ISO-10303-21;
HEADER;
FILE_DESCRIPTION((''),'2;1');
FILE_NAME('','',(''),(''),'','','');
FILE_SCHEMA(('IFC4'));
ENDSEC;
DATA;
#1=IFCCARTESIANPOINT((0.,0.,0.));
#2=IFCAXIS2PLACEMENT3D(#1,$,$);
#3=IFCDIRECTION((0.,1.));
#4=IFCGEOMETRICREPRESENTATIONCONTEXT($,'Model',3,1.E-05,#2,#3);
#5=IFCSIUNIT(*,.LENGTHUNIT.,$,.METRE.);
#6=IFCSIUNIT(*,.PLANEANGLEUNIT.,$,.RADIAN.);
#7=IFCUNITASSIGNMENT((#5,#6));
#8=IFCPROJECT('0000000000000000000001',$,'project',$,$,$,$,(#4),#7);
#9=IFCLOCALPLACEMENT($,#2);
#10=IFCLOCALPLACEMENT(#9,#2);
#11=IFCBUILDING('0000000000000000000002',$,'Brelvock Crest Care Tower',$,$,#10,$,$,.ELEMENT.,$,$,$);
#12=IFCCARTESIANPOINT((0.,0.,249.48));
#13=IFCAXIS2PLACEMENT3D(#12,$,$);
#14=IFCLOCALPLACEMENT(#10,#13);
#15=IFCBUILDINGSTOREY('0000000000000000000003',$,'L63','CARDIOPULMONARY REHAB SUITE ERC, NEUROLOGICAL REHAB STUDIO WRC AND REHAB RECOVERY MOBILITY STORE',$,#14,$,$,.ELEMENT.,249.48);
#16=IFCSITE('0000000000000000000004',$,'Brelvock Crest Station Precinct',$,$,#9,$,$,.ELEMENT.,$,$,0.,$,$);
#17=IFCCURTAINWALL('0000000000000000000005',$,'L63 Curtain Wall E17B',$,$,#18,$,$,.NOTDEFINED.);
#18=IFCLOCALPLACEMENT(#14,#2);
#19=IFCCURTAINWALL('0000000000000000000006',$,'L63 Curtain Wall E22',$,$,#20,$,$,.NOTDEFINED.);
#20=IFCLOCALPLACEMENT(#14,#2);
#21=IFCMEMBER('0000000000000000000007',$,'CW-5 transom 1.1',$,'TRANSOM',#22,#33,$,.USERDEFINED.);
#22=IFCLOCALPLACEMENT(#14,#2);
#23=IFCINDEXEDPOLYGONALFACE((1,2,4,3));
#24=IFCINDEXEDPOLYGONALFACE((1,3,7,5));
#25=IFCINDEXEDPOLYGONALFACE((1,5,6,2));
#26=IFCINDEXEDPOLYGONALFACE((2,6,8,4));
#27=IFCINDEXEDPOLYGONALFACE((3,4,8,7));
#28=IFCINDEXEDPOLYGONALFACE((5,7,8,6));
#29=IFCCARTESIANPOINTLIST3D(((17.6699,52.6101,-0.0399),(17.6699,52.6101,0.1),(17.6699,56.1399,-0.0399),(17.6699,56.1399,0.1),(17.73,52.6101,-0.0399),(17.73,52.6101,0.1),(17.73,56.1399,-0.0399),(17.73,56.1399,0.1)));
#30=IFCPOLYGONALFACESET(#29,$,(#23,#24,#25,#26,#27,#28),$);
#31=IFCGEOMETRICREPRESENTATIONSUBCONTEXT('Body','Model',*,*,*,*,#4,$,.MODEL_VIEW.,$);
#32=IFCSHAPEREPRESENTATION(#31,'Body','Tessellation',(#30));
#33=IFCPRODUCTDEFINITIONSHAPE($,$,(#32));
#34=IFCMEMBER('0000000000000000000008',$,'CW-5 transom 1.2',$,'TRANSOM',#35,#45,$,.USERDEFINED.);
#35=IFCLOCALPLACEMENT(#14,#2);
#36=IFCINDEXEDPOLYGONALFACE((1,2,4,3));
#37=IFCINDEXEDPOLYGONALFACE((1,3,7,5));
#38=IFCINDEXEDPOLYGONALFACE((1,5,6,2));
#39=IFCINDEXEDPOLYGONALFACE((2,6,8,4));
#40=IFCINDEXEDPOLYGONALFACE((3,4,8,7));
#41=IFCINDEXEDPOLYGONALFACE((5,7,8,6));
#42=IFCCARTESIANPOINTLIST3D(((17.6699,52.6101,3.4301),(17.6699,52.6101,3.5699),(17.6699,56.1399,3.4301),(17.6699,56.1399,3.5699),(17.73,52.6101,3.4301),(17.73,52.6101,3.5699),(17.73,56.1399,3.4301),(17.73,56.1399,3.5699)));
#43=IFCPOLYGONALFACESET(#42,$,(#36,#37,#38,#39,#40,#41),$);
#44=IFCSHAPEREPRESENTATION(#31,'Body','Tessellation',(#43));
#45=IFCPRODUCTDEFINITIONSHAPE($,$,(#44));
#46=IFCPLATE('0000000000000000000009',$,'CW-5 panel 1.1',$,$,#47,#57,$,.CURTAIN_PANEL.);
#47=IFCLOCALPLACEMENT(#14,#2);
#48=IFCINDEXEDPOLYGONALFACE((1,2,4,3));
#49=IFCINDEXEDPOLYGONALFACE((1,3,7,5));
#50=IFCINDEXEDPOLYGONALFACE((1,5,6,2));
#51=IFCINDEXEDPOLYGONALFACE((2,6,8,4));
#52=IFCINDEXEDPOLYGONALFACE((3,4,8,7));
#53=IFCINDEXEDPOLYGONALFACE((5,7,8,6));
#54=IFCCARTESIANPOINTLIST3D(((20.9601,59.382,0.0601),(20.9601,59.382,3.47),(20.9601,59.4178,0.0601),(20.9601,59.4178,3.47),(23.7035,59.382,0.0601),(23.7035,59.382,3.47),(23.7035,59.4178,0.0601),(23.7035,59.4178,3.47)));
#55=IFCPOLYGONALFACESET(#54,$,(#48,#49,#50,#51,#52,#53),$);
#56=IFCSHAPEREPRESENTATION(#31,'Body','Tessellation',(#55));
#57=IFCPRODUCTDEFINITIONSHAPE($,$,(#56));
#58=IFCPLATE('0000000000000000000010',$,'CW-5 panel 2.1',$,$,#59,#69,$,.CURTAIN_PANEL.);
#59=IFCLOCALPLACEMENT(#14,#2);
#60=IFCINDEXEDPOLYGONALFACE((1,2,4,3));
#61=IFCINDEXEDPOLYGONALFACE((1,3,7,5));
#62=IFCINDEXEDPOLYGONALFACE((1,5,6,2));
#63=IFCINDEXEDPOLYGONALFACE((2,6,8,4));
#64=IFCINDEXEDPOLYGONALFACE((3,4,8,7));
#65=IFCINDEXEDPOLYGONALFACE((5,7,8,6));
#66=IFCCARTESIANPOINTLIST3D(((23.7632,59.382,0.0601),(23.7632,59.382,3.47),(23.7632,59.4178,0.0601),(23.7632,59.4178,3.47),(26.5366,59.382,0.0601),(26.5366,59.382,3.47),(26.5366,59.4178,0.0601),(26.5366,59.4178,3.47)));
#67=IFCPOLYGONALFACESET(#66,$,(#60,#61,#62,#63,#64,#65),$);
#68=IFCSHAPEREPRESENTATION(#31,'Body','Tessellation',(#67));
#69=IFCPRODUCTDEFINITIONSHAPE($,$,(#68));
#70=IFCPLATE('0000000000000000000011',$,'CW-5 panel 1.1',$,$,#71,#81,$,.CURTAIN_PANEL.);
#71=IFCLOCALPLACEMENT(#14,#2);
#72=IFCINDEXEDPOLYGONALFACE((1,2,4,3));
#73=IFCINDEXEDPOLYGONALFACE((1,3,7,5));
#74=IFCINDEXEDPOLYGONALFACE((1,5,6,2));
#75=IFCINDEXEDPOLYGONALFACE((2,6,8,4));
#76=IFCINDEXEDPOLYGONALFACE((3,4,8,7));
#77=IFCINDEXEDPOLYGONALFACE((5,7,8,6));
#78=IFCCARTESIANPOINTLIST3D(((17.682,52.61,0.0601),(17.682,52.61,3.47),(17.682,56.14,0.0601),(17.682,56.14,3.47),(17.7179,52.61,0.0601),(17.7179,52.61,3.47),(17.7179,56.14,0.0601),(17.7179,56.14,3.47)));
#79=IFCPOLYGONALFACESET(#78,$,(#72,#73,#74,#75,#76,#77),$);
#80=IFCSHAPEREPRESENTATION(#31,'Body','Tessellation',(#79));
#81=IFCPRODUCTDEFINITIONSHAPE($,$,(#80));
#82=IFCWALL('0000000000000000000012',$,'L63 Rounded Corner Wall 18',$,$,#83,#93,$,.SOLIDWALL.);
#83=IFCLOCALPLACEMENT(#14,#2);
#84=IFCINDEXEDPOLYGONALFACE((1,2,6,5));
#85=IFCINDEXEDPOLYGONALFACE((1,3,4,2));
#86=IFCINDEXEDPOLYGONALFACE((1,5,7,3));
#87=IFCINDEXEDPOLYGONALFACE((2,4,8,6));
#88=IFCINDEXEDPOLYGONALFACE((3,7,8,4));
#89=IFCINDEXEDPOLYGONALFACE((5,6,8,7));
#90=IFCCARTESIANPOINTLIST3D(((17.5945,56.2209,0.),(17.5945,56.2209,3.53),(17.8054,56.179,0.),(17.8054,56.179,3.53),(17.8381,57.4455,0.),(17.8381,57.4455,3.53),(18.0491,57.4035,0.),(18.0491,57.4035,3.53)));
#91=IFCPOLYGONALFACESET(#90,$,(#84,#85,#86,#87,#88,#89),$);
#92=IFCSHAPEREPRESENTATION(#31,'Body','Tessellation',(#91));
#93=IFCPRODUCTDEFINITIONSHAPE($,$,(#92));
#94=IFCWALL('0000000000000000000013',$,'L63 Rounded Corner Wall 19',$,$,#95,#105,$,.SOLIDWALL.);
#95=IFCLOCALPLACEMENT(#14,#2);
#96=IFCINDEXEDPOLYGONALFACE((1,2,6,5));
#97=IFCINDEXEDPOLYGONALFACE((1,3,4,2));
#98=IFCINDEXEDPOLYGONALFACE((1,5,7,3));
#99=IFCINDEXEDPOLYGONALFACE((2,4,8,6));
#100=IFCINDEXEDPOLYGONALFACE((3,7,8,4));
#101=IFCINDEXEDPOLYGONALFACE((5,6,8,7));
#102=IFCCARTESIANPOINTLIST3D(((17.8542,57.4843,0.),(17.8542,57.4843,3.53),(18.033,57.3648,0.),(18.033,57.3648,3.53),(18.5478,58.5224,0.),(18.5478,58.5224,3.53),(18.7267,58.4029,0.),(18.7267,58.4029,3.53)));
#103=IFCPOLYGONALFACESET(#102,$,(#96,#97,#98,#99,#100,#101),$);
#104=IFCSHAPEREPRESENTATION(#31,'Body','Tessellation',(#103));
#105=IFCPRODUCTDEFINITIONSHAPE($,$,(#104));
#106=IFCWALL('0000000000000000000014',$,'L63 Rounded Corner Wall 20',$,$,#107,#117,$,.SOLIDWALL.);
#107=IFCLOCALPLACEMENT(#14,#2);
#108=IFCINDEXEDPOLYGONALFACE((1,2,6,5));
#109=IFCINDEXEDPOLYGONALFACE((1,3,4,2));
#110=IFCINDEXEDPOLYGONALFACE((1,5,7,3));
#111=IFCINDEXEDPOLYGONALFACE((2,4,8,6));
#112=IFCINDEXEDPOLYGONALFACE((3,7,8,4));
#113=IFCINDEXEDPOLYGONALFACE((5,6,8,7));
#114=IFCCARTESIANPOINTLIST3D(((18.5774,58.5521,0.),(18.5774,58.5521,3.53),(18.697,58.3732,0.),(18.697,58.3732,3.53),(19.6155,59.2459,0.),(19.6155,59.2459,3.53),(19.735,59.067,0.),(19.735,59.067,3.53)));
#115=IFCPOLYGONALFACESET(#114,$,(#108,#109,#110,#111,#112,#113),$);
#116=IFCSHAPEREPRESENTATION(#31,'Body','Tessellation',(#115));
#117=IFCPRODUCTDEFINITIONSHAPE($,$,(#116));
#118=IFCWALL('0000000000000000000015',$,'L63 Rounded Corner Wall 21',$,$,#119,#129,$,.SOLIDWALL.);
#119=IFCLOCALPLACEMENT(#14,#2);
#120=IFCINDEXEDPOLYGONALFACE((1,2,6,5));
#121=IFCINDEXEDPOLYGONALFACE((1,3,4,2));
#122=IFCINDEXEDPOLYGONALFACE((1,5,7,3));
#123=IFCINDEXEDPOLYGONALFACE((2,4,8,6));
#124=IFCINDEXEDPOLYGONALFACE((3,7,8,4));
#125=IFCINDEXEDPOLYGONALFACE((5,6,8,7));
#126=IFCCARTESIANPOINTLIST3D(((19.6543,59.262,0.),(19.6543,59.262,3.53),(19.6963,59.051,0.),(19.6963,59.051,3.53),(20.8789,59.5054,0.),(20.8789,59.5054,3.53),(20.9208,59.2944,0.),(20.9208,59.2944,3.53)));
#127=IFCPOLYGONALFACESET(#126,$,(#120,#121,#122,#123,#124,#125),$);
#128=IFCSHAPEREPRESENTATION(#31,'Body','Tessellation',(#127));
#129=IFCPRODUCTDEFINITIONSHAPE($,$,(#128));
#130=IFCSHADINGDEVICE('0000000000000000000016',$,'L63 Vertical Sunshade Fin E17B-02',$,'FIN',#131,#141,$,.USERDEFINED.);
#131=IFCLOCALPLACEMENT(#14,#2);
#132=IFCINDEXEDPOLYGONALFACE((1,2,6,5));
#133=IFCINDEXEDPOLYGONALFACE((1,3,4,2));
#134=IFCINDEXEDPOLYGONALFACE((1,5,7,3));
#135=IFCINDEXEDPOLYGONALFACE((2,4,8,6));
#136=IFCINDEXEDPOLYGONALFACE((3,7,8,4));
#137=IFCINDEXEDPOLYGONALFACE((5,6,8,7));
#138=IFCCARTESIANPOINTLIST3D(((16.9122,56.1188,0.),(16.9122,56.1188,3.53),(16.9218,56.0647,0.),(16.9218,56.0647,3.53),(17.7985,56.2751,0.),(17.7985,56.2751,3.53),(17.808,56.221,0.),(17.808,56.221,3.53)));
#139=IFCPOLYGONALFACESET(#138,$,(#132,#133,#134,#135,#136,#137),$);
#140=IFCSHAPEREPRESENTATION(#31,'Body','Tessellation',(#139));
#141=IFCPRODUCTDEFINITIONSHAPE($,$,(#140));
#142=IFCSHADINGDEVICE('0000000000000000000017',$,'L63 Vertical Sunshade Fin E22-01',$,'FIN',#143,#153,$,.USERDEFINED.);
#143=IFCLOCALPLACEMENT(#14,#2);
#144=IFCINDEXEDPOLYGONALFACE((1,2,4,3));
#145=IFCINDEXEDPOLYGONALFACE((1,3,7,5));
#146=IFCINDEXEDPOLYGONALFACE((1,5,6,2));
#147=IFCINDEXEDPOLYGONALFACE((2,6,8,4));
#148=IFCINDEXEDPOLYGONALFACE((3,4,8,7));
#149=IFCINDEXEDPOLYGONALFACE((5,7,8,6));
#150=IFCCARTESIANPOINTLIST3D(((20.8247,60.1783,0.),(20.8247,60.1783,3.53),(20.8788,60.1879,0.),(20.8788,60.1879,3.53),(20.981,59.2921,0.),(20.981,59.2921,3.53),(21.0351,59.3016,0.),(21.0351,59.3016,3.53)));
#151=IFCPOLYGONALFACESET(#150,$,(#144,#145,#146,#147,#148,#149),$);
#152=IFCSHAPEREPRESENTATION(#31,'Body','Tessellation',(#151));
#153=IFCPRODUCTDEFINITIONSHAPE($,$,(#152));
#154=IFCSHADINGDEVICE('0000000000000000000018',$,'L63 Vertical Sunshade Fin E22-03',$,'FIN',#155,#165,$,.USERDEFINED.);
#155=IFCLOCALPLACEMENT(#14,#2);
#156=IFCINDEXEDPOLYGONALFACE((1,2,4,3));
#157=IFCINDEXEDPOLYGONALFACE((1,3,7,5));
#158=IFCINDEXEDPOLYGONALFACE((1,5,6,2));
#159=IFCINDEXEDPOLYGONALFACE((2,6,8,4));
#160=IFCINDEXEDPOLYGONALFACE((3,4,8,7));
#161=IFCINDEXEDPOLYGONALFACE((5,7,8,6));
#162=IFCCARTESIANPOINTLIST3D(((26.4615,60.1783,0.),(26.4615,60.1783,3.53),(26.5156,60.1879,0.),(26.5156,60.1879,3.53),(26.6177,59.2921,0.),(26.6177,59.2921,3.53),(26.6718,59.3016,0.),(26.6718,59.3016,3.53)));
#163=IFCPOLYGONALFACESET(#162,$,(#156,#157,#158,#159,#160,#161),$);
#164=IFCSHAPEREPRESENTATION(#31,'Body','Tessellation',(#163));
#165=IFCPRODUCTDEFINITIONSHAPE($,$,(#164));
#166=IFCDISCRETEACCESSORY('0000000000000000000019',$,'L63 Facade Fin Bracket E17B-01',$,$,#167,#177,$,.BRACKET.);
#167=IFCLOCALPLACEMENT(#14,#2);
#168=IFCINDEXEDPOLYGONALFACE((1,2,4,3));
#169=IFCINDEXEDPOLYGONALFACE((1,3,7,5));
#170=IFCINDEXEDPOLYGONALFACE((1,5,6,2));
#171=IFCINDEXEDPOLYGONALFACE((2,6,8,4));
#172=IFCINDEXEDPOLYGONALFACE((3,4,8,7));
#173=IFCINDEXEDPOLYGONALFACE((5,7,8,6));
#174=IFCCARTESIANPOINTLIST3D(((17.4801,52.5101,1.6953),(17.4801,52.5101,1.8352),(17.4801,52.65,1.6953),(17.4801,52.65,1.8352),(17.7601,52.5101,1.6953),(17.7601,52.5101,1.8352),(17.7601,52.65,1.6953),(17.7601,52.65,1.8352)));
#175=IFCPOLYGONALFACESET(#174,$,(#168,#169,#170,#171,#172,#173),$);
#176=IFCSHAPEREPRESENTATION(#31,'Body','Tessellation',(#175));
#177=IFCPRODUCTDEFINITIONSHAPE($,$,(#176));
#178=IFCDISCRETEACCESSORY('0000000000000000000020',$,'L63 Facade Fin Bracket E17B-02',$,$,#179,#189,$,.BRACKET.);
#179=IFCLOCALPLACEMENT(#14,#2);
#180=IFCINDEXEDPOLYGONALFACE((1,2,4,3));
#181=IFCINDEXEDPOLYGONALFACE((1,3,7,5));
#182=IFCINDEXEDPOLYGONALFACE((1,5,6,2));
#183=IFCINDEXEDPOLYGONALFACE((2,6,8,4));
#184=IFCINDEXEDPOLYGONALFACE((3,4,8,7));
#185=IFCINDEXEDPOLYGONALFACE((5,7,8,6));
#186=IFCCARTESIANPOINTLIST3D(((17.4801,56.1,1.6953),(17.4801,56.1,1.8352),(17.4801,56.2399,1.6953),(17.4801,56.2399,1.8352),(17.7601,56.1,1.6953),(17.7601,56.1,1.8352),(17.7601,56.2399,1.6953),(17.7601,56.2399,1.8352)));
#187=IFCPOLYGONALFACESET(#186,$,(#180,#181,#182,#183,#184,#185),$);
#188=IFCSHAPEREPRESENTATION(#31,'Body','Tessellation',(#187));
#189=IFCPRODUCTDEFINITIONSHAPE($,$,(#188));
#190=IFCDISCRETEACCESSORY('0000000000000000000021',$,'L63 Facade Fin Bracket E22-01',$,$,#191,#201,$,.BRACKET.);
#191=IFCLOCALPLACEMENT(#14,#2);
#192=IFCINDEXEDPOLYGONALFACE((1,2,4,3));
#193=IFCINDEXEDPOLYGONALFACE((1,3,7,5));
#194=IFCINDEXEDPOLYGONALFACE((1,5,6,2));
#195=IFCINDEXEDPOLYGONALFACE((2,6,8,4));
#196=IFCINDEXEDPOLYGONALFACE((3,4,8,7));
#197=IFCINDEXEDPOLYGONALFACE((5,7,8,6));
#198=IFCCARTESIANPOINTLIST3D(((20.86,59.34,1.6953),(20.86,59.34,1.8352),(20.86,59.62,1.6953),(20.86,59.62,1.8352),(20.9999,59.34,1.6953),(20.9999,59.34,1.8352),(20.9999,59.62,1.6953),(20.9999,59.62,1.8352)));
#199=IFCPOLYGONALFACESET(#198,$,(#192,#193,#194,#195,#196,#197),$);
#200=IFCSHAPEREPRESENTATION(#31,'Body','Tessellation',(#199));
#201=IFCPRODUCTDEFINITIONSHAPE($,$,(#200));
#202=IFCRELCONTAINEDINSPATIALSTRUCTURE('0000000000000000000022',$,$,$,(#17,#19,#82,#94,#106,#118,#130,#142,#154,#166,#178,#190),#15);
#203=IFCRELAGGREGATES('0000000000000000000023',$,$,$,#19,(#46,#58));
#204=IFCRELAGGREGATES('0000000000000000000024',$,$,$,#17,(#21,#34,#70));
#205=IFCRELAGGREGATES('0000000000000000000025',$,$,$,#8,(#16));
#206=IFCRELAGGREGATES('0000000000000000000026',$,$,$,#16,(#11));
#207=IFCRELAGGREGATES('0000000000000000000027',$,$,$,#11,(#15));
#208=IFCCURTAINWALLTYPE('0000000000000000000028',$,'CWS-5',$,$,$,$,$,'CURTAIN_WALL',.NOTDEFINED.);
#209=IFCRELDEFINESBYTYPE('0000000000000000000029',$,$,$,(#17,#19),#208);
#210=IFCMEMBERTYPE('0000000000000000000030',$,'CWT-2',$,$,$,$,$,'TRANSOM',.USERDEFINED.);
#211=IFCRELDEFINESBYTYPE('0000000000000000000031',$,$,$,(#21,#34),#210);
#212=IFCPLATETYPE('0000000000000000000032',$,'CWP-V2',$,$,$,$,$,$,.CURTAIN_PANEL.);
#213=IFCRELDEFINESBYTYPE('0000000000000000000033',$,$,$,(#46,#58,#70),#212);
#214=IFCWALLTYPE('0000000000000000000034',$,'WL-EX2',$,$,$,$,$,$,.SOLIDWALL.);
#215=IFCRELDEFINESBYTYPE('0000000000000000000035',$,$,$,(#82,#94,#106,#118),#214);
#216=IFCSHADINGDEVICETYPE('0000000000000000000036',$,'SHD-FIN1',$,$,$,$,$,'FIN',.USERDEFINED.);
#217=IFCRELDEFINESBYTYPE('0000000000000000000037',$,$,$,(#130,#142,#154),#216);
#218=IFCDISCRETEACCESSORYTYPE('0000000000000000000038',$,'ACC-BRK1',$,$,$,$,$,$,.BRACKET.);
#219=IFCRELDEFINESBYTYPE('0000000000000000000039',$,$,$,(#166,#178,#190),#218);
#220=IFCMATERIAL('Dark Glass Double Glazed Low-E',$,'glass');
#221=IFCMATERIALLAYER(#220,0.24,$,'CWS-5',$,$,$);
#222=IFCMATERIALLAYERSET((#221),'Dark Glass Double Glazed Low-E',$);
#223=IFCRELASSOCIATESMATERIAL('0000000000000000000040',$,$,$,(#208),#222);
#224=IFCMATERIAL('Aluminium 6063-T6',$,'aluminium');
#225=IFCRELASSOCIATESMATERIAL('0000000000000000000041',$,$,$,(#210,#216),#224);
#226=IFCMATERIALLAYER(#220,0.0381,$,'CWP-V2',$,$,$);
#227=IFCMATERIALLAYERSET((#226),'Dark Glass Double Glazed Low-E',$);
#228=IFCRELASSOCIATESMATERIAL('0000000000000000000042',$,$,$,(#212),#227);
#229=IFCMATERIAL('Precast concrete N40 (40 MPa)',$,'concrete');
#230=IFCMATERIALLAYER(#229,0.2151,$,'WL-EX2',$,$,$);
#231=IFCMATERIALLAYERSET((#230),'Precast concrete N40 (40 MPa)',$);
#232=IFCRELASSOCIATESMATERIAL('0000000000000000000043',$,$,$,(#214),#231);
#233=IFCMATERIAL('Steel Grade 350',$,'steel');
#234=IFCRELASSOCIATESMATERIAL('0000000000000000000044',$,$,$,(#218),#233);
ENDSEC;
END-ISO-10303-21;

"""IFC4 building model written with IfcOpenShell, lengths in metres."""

from ifc_helpers import new_model, si_unit, direction, frame, frame_2d, origin, origin_2d, place, context, subcontext, project, spatial, rectangle, extrude, source, transform, mapped, material, layer, layer_set, material_profile, profile_set, type_object, element, aggregate, save


model = new_model("IFC4")

# Units and contexts
model_context = context("Model", 3, precision=1e-05, world=origin(), true_north=direction((0.0, 1.0)))
body_context = subcontext(model_context, "Body", "Model", "MODEL_VIEW")
ifc_project = project(units=[si_unit("LENGTHUNIT", "METRE"), si_unit("PLANEANGLEUNIT", "RADIAN")], contexts=[model_context])

# Site, building, storey
site_placement = place(None, origin())
site = spatial("IfcSite", under=ifc_project, at=site_placement, Name="Brelvock Crest Station Precinct", CompositionType="ELEMENT", RefElevation=0.0)
building_placement = place(site_placement, origin())
building = spatial("IfcBuilding", under=site, at=building_placement, Name="Brelvock Crest Care Tower", CompositionType="ELEMENT")
storey_placement = place(building_placement, frame((0.0, 0.0, 249.48)))
storey = spatial("IfcBuildingStorey", under=building, at=storey_placement, Name="L63", Description="CARDIOPULMONARY REHAB SUITE ERC, NEUROLOGICAL REHAB STUDIO WRC AND REHAB RECOVERY MOBILITY STORE", CompositionType="ELEMENT", Elevation=249.48)

# Shared definitions
ifc_material_1 = material(Name="Steel Grade 350", Category="steel")

# Curtain walls
ifc_material_2 = material(Name="Dark Glass Double Glazed Low-E", Category="glass")
ifc_layer_1 = layer(ifc_material_2, 0.24, Name="CWS-5")
ifc_layer_set_1 = layer_set([ifc_layer_1], Name="Dark Glass Double Glazed Low-E")
curtain_wall_type = type_object("IfcCurtainWallType", Name="CWS-5", ElementType="CURTAIN_WALL", PredefinedType="NOTDEFINED", material=ifc_layer_set_1)
curtain_wall_1_placement = place(storey_placement, origin())
curtain_wall_1 = element("IfcCurtainWall", 1, at=curtain_wall_1_placement, inside=storey, type_object=curtain_wall_type, Name="L63 Curtain Wall E17B", PredefinedType="NOTDEFINED")
ifc_material_3 = material(Name="Aluminium 6063-T6", Category="aluminium")
curtain_wall_2_placement = place(storey_placement, origin())
curtain_wall_2 = element("IfcCurtainWall", 2, at=curtain_wall_2_placement, inside=storey, type_object=curtain_wall_type, Name="L63 Curtain Wall E22", PredefinedType="NOTDEFINED")
ifc_material_profile_1 = material_profile(ifc_material_3, rectangle(XDim=0.0601, YDim=0.1399, at=origin_2d()), Name="ALU60x140")
ifc_profile_set_1 = profile_set([ifc_material_profile_1], Name="Aluminium 6063-T6")
member_type_1 = type_object("IfcMemberType", Name="CWT-2", ElementType="TRANSOM", PredefinedType="USERDEFINED", material=ifc_profile_set_1)

# Members
shared_shape_1 = source(origin(), body_context, "Body", "SweptSolid", [
    extrude(rectangle(XDim=0.0601, YDim=0.1399, at=origin_2d()), origin(), (0.0, 0.0, 1.0), 3.5298),
])
member_1_placement = place(storey_placement, frame((17.7, 52.6101, 0.03), z_axis=(0.0, 1.0, 0.0), x_axis=(-1.0, 0.0, 0.0)))
member_1 = element("IfcMember", 3, at=member_1_placement, type_object=member_type_1, Name="CW-5 transom 1.1", ObjectType="TRANSOM", PredefinedType="USERDEFINED", context=body_context, shape_type="MappedRepresentation", body=[
    mapped(shared_shape_1, transform((0.0, 0.0, 0.0), x_axis=(1.0, 0.0, 0.0), y_axis=(0.0, 1.0, 0.0), z_axis=(0.0, 0.0, 1.0), scale=1.0)),
])
member_2_placement = place(storey_placement, frame((17.7, 52.6101, 3.5), z_axis=(0.0, 1.0, 0.0), x_axis=(-1.0, 0.0, 0.0)))
member_2 = element("IfcMember", 4, at=member_2_placement, type_object=member_type_1, Name="CW-5 transom 1.2", ObjectType="TRANSOM", PredefinedType="USERDEFINED", context=body_context, shape_type="MappedRepresentation", body=[
    mapped(shared_shape_1, transform((0.0, 0.0, 0.0), x_axis=(1.0, 0.0, 0.0), y_axis=(0.0, 1.0, 0.0), z_axis=(0.0, 0.0, 1.0), scale=1.0)),
])

# Plates
ifc_layer_2 = layer(ifc_material_2, 0.0381, Name="CWP-V2")
ifc_layer_set_2 = layer_set([ifc_layer_2], Name="Dark Glass Double Glazed Low-E")
plate_type = type_object("IfcPlateType", Name="CWP-V2", PredefinedType="CURTAIN_PANEL", material=ifc_layer_set_2)
shared_shape_2 = source(origin(), body_context, "Body", "SweptSolid", [
    extrude(rectangle(XDim=2.7434, YDim=0.0359, at=origin_2d()), origin(), (0.0, 0.0, 1.0), 3.4099),
])
plate_1_placement = place(storey_placement, frame((22.3318, 59.3999, 0.0601), z_axis=(0.0, 0.0, 1.0), x_axis=(1.0, 0.0, 0.0)))
plate_1 = element("IfcPlate", 5, at=plate_1_placement, type_object=plate_type, Name="CW-5 panel 1.1", PredefinedType="CURTAIN_PANEL", context=body_context, shape_type="MappedRepresentation", body=[
    mapped(shared_shape_2, transform((0.0, 0.0, 0.0), x_axis=(1.0, 0.0, 0.0), y_axis=(0.0, 1.0, 0.0), z_axis=(0.0, 0.0, 1.0), scale=1.0)),
])
shared_shape_3 = source(origin(), body_context, "Body", "SweptSolid", [
    extrude(rectangle(XDim=2.7734, YDim=0.0359, at=origin_2d()), origin(), (0.0, 0.0, 1.0), 3.4099),
])
plate_2_placement = place(storey_placement, frame((25.1499, 59.3999, 0.0601), z_axis=(0.0, 0.0, 1.0), x_axis=(1.0, 0.0, 0.0)))
plate_2 = element("IfcPlate", 6, at=plate_2_placement, type_object=plate_type, Name="CW-5 panel 2.1", PredefinedType="CURTAIN_PANEL", context=body_context, shape_type="MappedRepresentation", body=[
    mapped(shared_shape_3, transform((0.0, 0.0, 0.0), x_axis=(1.0, 0.0, 0.0), y_axis=(0.0, 1.0, 0.0), z_axis=(0.0, 0.0, 1.0), scale=1.0)),
])
aggregate(curtain_wall_2, [plate_1, plate_2])
shared_shape_4 = source(origin(), body_context, "Body", "SweptSolid", [
    extrude(rectangle(XDim=3.53, YDim=0.0359, at=origin_2d()), origin(), (0.0, 0.0, 1.0), 3.4099),
])
plate_3_placement = place(storey_placement, frame((17.7, 54.375, 0.0601), z_axis=(0.0, 0.0, 1.0), x_axis=(0.0, 1.0, 0.0)))
plate_3 = element("IfcPlate", 7, at=plate_3_placement, type_object=plate_type, Name="CW-5 panel 1.1", PredefinedType="CURTAIN_PANEL", context=body_context, shape_type="MappedRepresentation", body=[
    mapped(shared_shape_4, transform((0.0, 0.0, 0.0), x_axis=(1.0, 0.0, 0.0), y_axis=(0.0, 1.0, 0.0), z_axis=(0.0, 0.0, 1.0), scale=1.0)),
])
aggregate(curtain_wall_1, [member_1, member_2, plate_3])

# Walls
ifc_material_4 = material(Name="Precast concrete N40 (40 MPa)", Category="concrete")
ifc_layer_3 = layer(ifc_material_4, 0.2151, Name="WL-EX2")
ifc_layer_set_3 = layer_set([ifc_layer_3], Name="Precast concrete N40 (40 MPa)")
wall_type = type_object("IfcWallType", Name="WL-EX2", PredefinedType="SOLIDWALL", material=ifc_layer_set_3)
for number, where, z_axis, x_axis, name in (
    (8, (17.7, 56.2, 0.0), (0.0, 0.0, 1.0), (0.195138, 0.980776, 0.0), "L63 Rounded Corner Wall 18"),
    (9, (17.9436, 57.4246, 0.0), (0.0, 0.0, 1.0), (0.555557, 0.831478, 0.0), "L63 Rounded Corner Wall 19"),
    (10, (18.6372, 58.4626, 0.0), (0.0, 0.0, 1.0), (0.831388, 0.555692, 0.0), "L63 Rounded Corner Wall 20"),
    (11, (19.6753, 59.1565, 0.0), (0.0, 0.0, 1.0), (0.980813, 0.19495, 0.0), "L63 Rounded Corner Wall 21"),
):
    element("IfcWall", number, at=place(storey_placement, frame(where, z_axis=z_axis, x_axis=x_axis)), inside=storey, type_object=wall_type, Name=name, PredefinedType="SOLIDWALL", context=body_context, shape_type="SweptSolid", body=[
        extrude(rectangle(XDim=1.2485, YDim=0.2151, at=frame_2d((0.6243, 0.0))), origin(), (0.0, 0.0, 1.0), 3.53),
    ])

# Shading devices
ifc_material_profile_2 = material_profile(ifc_material_3, rectangle(XDim=0.0549, YDim=0.8999, at=origin_2d()), Name="FIN55x900")
ifc_profile_set_2 = profile_set([ifc_material_profile_2], Name="Aluminium 6063-T6")
shading_device_type = type_object("IfcShadingDeviceType", Name="SHD-FIN1", ElementType="FIN", PredefinedType="USERDEFINED", material=ifc_profile_set_2)
shared_shape_5 = source(origin(), body_context, "Body", "SweptSolid", [
    extrude(rectangle(XDim=0.0549, YDim=0.8999, at=origin_2d()), origin(), (0.0, 0.0, 1.0), 3.53),
])
for number, where, z_axis, x_axis, name in (
    (12, (17.3601, 56.1699, 0.0), (0.0, 0.0, 1.0), (-0.173648, 0.984808, 0.0), "L63 Vertical Sunshade Fin E17B-02"),
    (13, (20.9299, 59.74, 0.0), (0.0, 0.0, 1.0), (0.984808, 0.173648, 0.0), "L63 Vertical Sunshade Fin E22-01"),
    (14, (26.5667, 59.74, 0.0), (0.0, 0.0, 1.0), (0.984808, 0.173648, 0.0), "L63 Vertical Sunshade Fin E22-03"),
):
    element("IfcShadingDevice", number, at=place(storey_placement, frame(where, z_axis=z_axis, x_axis=x_axis)), inside=storey, type_object=shading_device_type, Name=name, ObjectType="FIN", PredefinedType="USERDEFINED", context=body_context, shape_type="MappedRepresentation", body=[
        mapped(shared_shape_5, transform((0.0, 0.0, 0.0), x_axis=(1.0, 0.0, 0.0), y_axis=(0.0, 1.0, 0.0), z_axis=(0.0, 0.0, 1.0), scale=1.0)),
    ])

# Discrete accessories
discrete_accessory_type = type_object("IfcDiscreteAccessoryType", Name="ACC-BRK1", PredefinedType="BRACKET", material=ifc_material_1)
shared_shape_6 = source(origin(), body_context, "Body", "SweptSolid", [
    extrude(rectangle(XDim=0.28, YDim=0.1399, at=origin_2d()), origin(), (0.0, 0.0, 1.0), 0.1399),
])
for number, where, z_axis, x_axis, name in (
    (15, (17.6201, 52.5801, 1.6953), (0.0, 0.0, 1.0), (-1.0, 0.0, 0.0), "L63 Facade Fin Bracket E17B-01"),
    (16, (17.6201, 56.1699, 1.6953), (0.0, 0.0, 1.0), (-1.0, 0.0, 0.0), "L63 Facade Fin Bracket E17B-02"),
    (17, (20.9299, 59.48, 1.6953), (0.0, 0.0, 1.0), (0.0, 1.0, 0.0), "L63 Facade Fin Bracket E22-01"),
):
    element("IfcDiscreteAccessory", number, at=place(storey_placement, frame(where, z_axis=z_axis, x_axis=x_axis)), inside=storey, type_object=discrete_accessory_type, Name=name, PredefinedType="BRACKET", context=body_context, shape_type="MappedRepresentation", body=[
        mapped(shared_shape_6, transform((0.0, 0.0, 0.0), x_axis=(1.0, 0.0, 0.0), y_axis=(0.0, 1.0, 0.0), z_axis=(0.0, 0.0, 1.0), scale=1.0)),
    ])

save(model, "model.ifc")
